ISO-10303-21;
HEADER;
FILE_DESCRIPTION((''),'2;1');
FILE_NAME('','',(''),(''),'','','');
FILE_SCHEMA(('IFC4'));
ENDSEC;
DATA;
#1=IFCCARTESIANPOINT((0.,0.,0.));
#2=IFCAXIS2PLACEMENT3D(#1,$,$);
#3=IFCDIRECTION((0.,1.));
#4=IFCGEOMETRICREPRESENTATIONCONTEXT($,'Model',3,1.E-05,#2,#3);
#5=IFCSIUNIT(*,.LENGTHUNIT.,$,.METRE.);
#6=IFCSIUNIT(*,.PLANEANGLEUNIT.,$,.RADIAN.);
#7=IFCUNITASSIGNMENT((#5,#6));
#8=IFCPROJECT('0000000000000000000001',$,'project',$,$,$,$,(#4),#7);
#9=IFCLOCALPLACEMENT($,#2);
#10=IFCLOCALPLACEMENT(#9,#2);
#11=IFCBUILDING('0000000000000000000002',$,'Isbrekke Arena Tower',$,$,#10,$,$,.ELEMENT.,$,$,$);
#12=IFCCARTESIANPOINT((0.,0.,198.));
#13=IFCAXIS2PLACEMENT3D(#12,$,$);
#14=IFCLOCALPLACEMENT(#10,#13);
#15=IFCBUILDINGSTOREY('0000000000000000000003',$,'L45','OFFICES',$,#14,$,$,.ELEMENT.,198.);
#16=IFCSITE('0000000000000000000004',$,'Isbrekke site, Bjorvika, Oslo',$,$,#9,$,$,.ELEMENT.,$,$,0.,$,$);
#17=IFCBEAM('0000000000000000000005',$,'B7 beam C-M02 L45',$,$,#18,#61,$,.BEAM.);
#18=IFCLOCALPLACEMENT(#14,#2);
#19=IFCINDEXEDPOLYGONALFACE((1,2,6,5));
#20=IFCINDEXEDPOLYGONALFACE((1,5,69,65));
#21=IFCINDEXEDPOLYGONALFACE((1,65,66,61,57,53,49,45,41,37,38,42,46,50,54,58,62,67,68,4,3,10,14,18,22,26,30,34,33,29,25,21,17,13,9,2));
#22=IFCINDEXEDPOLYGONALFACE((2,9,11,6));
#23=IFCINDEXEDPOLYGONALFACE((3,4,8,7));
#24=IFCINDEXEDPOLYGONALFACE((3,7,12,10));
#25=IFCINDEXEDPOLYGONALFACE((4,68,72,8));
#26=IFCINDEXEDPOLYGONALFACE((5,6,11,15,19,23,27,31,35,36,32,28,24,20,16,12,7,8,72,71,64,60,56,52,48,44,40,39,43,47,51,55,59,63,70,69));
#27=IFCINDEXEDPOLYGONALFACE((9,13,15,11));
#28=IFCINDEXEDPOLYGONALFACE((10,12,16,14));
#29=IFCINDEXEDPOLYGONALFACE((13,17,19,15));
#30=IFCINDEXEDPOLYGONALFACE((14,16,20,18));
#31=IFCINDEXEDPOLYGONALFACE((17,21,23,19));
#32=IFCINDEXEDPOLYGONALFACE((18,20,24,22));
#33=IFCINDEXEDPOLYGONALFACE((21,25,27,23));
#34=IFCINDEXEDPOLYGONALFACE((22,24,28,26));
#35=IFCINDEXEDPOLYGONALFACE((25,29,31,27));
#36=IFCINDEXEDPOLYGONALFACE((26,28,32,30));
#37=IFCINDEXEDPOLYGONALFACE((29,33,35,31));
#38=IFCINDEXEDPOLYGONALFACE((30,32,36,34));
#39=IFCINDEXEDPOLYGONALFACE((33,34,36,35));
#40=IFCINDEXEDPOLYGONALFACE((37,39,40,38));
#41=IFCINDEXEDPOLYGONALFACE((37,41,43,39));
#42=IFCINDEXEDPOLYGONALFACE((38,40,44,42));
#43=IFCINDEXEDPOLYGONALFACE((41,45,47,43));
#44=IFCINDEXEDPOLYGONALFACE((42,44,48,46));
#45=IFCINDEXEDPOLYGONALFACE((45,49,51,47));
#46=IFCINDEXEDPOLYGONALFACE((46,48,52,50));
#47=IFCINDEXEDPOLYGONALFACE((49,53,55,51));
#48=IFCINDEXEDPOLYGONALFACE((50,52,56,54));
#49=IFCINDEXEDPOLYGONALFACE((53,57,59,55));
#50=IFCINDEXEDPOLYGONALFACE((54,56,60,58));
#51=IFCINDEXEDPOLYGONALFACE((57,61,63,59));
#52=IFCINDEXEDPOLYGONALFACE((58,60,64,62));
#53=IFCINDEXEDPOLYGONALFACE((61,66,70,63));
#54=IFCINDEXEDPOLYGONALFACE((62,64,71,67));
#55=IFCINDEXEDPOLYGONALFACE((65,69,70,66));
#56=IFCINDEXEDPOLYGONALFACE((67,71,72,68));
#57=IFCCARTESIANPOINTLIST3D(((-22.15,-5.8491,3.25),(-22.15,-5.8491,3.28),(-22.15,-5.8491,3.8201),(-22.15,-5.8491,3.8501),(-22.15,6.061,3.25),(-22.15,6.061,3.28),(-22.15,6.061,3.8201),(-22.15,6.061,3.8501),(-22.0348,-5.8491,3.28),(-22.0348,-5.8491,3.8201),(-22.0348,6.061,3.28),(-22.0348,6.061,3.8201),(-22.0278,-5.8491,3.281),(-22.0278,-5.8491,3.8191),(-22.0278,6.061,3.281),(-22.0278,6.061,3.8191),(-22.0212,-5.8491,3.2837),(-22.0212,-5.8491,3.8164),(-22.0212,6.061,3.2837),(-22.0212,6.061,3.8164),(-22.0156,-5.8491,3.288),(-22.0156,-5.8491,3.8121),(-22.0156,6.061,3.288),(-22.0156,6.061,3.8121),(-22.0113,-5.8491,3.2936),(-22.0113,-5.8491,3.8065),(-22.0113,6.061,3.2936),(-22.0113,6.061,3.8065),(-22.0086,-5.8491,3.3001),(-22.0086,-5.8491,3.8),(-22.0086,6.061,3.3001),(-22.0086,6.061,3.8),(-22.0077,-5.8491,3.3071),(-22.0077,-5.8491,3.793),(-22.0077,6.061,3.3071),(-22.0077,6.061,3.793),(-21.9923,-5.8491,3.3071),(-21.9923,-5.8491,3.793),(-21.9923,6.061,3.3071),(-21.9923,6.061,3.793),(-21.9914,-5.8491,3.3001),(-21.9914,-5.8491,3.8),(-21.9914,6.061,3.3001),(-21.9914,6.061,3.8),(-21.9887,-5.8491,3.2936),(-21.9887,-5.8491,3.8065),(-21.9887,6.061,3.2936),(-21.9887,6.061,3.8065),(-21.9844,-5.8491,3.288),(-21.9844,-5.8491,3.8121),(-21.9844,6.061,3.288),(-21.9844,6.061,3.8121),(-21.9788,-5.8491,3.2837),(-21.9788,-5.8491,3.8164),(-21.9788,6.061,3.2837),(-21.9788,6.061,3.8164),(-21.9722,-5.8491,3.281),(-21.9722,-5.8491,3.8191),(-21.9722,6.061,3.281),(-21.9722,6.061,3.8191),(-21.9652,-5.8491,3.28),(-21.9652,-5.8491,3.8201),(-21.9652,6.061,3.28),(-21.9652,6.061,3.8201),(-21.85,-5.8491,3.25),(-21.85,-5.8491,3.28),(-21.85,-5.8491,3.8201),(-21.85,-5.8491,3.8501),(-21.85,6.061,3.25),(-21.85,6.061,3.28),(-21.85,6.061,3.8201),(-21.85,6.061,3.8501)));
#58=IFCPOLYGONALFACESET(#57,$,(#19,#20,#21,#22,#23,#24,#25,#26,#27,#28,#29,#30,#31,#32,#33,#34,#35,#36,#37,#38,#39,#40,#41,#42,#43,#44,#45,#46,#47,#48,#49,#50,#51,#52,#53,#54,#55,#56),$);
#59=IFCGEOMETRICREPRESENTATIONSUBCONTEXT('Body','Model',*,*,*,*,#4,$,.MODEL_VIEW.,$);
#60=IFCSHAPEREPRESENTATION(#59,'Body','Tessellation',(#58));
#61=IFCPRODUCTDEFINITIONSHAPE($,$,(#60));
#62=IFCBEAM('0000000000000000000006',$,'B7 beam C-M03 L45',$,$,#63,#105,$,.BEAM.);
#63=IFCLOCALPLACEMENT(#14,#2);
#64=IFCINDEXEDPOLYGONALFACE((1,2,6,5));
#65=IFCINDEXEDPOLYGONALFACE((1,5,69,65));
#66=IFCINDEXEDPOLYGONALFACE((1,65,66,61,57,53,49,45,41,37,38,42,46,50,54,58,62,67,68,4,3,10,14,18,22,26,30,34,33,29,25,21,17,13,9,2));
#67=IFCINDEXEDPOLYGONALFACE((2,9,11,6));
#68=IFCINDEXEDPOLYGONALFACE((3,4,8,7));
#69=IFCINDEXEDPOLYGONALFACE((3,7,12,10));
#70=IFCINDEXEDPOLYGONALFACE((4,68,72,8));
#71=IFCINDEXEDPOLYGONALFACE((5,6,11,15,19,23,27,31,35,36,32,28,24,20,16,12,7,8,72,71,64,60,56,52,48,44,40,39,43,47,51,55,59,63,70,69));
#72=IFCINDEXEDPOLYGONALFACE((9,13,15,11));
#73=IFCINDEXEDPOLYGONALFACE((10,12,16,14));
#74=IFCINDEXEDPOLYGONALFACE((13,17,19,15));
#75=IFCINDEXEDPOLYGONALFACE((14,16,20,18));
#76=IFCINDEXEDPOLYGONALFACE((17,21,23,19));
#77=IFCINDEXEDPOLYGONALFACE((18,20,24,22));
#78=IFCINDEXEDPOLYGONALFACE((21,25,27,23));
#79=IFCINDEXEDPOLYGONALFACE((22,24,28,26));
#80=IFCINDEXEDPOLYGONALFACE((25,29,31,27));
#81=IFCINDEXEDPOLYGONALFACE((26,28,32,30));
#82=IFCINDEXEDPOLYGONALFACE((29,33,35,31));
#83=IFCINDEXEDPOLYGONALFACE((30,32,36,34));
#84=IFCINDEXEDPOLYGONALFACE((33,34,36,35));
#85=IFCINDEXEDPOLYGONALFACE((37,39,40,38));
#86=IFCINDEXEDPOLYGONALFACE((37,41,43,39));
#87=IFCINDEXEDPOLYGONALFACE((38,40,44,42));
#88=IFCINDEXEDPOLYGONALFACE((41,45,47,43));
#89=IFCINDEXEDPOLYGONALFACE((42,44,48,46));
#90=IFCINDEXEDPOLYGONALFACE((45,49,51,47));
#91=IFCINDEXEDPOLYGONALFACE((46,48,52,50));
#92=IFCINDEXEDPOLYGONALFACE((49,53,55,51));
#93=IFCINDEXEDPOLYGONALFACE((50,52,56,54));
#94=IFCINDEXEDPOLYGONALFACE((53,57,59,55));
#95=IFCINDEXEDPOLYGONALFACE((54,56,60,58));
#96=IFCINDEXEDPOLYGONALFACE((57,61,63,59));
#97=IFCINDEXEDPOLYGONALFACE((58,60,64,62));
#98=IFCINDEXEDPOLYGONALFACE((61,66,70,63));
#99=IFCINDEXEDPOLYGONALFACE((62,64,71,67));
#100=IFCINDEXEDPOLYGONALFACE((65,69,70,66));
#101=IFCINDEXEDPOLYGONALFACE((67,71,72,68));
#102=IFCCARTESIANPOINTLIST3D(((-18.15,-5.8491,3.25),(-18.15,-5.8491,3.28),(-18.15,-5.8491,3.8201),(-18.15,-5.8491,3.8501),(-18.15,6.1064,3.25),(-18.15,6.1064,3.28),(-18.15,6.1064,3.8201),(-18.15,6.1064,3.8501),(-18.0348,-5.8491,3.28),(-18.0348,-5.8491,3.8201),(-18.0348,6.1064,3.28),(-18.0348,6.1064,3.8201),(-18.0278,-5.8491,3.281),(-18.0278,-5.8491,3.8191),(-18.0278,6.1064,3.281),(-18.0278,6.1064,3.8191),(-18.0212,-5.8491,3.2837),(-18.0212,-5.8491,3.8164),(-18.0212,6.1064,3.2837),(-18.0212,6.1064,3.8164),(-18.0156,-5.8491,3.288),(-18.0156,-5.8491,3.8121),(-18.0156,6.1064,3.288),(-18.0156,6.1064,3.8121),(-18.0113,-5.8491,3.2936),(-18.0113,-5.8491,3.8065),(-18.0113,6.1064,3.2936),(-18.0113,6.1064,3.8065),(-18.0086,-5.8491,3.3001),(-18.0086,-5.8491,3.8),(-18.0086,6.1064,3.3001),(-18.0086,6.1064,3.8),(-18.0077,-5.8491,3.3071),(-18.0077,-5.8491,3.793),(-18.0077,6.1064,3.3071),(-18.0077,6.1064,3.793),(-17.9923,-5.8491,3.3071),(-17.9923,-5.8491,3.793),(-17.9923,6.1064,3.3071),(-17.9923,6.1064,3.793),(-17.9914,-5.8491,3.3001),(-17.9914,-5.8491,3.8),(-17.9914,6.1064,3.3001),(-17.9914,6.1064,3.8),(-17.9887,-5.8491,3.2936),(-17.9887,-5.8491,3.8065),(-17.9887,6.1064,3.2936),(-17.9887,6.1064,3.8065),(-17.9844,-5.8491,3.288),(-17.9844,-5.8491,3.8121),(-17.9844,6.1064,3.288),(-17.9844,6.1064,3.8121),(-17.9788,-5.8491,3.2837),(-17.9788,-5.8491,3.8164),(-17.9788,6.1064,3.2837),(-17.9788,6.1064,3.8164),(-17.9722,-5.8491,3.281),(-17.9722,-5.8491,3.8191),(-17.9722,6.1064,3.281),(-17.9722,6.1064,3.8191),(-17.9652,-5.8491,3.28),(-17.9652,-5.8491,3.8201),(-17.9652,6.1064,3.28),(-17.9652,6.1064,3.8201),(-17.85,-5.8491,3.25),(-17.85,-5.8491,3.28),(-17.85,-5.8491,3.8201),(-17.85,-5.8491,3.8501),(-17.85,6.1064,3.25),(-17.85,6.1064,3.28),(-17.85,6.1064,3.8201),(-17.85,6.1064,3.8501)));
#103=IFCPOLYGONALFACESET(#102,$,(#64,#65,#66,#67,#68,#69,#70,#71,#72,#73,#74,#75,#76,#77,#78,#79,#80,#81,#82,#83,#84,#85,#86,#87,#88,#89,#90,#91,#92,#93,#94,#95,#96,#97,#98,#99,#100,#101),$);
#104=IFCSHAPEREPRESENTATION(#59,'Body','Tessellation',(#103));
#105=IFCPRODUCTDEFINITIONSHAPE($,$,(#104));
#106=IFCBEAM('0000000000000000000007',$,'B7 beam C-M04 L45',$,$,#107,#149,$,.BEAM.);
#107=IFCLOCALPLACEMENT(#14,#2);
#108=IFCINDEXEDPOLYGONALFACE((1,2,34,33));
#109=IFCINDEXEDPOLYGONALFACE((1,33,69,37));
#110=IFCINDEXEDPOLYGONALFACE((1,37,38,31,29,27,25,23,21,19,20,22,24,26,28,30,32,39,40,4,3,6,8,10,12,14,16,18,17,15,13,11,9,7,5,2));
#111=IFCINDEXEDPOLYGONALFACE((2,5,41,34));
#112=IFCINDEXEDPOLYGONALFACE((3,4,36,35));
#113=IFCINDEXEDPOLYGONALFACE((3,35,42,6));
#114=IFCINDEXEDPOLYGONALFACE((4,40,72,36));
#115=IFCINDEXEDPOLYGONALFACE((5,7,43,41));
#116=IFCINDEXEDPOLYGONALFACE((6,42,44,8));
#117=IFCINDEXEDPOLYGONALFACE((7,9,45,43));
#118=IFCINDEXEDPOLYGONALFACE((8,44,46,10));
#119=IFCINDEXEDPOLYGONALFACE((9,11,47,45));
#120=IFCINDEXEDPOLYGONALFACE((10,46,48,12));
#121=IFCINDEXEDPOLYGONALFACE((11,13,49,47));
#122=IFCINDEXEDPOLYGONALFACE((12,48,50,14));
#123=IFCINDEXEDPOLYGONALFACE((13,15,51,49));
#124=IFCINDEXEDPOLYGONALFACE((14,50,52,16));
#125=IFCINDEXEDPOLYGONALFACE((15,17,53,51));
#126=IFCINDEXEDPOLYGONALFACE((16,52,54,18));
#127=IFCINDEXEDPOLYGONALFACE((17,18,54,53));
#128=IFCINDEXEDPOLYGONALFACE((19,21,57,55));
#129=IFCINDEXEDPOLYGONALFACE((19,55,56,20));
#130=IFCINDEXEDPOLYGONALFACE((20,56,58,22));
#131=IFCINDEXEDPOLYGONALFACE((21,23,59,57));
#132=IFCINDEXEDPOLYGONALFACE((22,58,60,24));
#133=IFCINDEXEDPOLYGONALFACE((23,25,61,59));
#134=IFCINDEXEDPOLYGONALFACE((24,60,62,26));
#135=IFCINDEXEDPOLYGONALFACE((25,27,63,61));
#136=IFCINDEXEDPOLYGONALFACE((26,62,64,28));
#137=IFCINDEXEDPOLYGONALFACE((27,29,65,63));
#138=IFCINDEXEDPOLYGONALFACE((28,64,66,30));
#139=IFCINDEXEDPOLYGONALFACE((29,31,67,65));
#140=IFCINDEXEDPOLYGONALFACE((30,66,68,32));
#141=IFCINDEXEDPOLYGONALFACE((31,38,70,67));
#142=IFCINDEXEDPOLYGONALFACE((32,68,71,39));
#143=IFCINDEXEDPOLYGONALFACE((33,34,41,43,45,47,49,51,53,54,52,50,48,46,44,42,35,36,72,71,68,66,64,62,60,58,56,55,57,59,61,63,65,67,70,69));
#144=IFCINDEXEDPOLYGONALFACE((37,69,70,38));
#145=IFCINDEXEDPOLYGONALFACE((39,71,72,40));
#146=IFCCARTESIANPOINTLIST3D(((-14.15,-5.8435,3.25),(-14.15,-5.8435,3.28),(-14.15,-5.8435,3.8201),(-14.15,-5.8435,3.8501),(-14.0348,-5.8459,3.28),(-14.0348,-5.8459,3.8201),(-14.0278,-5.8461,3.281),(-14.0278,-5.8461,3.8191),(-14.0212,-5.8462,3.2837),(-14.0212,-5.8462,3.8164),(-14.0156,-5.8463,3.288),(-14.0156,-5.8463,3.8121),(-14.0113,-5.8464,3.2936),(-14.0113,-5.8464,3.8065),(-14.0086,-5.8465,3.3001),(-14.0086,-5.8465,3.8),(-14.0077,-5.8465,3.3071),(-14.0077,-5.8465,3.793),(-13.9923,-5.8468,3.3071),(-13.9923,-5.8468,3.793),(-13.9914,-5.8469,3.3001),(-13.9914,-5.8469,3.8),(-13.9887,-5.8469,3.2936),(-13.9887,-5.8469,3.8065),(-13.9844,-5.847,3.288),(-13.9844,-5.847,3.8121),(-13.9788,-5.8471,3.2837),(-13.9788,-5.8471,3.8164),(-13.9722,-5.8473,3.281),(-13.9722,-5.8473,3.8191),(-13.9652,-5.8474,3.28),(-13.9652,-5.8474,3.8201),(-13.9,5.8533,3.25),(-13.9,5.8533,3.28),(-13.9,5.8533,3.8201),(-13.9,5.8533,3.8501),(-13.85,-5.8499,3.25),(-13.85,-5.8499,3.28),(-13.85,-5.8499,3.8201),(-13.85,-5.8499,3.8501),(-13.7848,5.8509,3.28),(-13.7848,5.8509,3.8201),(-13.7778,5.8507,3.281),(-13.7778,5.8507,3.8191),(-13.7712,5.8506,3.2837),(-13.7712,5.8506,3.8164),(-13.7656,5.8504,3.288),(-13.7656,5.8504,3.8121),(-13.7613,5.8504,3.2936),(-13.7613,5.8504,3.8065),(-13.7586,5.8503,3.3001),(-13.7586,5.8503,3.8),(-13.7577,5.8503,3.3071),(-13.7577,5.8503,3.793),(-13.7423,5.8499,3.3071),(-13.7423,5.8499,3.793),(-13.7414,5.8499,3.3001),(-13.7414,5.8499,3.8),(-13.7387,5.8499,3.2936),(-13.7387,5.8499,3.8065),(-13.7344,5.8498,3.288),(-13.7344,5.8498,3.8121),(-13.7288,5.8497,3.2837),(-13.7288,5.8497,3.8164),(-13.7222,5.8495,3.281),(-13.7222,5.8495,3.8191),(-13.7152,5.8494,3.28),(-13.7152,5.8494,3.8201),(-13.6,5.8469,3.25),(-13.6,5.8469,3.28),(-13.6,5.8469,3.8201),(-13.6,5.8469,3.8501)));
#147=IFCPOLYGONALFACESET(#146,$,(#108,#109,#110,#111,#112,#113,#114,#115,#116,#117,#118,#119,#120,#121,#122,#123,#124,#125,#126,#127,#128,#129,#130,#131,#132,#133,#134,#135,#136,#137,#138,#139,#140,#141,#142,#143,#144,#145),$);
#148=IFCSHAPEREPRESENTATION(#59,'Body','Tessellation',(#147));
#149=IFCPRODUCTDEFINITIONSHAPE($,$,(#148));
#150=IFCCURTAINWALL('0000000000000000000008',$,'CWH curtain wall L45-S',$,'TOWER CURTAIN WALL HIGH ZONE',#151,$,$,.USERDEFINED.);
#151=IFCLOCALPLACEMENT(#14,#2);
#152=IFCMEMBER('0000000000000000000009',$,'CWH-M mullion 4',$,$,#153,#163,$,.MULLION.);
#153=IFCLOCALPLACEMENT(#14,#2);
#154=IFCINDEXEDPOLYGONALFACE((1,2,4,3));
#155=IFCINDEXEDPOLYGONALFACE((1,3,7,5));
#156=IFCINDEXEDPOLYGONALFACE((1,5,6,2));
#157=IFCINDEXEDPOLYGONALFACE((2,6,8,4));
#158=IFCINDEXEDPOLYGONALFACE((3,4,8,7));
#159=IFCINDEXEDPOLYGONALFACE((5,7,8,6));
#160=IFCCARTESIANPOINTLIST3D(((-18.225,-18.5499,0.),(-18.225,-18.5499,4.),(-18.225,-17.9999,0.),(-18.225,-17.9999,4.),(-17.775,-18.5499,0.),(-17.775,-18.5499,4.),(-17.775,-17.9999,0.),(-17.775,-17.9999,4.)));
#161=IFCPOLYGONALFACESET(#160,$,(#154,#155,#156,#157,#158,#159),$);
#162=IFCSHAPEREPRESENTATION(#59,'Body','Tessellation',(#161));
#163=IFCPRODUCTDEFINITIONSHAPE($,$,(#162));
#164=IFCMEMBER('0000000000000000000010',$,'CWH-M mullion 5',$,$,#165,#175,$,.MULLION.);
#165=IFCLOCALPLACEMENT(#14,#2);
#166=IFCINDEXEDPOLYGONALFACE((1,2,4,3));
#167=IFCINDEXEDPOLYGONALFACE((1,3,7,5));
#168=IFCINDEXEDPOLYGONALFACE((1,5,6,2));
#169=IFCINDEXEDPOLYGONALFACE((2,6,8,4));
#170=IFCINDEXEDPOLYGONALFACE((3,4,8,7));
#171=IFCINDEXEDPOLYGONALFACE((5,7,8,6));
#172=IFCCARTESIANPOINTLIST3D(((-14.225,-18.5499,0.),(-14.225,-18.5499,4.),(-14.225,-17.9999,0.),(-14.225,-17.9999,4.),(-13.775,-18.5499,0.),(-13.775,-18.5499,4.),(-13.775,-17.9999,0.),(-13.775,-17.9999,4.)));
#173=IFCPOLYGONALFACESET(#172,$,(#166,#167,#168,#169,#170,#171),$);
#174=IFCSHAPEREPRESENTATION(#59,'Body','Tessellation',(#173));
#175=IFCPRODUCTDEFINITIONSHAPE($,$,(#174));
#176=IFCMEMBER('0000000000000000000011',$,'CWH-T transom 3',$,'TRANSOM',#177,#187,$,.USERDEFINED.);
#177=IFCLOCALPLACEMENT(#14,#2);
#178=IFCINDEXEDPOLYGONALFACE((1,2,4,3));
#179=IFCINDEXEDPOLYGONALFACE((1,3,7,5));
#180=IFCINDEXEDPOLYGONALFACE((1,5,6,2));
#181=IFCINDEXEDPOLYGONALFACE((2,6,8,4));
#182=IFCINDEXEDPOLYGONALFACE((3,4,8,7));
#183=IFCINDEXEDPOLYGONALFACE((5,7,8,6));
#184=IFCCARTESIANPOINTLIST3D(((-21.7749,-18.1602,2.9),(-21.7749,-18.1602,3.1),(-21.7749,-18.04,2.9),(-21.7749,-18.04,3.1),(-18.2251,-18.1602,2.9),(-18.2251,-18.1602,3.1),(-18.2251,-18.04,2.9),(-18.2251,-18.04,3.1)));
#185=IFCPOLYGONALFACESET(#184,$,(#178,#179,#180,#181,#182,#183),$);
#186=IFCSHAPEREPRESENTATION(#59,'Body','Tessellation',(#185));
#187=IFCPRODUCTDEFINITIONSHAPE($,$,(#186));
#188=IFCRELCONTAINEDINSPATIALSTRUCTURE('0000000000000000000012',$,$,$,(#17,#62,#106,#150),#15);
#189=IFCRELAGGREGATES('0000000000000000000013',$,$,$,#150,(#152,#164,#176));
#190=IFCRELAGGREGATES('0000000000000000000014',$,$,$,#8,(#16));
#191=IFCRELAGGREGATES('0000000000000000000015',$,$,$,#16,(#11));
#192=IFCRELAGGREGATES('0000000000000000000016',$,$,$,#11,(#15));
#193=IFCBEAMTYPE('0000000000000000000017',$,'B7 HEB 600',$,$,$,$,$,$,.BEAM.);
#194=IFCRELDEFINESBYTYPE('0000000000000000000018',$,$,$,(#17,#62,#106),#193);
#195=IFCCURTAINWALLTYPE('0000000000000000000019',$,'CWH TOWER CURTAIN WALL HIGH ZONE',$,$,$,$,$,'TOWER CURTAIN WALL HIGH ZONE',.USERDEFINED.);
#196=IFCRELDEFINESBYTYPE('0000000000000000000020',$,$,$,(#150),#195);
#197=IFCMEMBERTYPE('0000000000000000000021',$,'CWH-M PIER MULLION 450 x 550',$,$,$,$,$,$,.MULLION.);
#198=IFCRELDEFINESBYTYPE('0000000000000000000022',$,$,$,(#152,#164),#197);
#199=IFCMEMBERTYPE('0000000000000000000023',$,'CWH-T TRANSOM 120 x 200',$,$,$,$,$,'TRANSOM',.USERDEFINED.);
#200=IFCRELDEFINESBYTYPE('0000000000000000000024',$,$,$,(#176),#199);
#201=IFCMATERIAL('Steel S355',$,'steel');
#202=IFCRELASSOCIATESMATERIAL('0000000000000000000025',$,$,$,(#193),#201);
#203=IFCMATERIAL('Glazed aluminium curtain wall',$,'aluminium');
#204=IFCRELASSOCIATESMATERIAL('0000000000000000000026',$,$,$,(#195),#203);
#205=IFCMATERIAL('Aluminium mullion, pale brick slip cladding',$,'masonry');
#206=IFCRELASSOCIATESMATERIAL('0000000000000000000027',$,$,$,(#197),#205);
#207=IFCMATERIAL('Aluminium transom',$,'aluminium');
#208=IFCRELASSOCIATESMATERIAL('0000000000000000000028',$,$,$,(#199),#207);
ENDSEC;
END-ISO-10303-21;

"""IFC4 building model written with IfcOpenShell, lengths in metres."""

from ifc_helpers import new_model, si_unit, direction, frame, origin, origin_2d, place, context, subcontext, project, spatial, rectangle, i_section, extrude, material, material_profile, profile_set, type_object, element, aggregate, save


model = new_model("IFC4")

# Units and contexts
model_context = context("Model", 3, precision=1e-05, world=origin(), true_north=direction((0.0, 1.0)))
body_context = subcontext(model_context, "Body", "Model", "MODEL_VIEW")
ifc_project = project(units=[si_unit("LENGTHUNIT", "METRE"), si_unit("PLANEANGLEUNIT", "RADIAN")], contexts=[model_context])

# Site, building, storey
site_placement = place(None, origin())
site = spatial("IfcSite", under=ifc_project, at=site_placement, Name="Isbrekke site, Bjorvika, Oslo", CompositionType="ELEMENT", RefElevation=0.0)
building_placement = place(site_placement, origin())
building = spatial("IfcBuilding", under=site, at=building_placement, Name="Isbrekke Arena Tower", CompositionType="ELEMENT")
storey_placement = place(building_placement, frame((0.0, 0.0, 198.0)))
storey = spatial("IfcBuildingStorey", under=building, at=storey_placement, Name="L45", Description="OFFICES", CompositionType="ELEMENT", Elevation=198.0)

# Beams
ifc_material_1 = material(Name="Steel S355", Category="steel")
ifc_material_profile_1 = material_profile(ifc_material_1, i_section(OverallWidth=0.3, OverallDepth=0.6001, WebThickness=0.0154, FlangeThickness=0.03, FilletRadius=0.0271, at=origin_2d()), Name="HEB 600")
ifc_profile_set_1 = profile_set([ifc_material_profile_1], Name="Steel S355")
beam_type_1 = type_object("IfcBeamType", Name="B7 HEB 600", PredefinedType="BEAM", material=ifc_profile_set_1)
beam_1_placement = place(storey_placement, frame((-22.0, -5.8491, 3.55), z_axis=(0.0, 1.0, 0.0), x_axis=(-1.0, 0.0, 0.0)))
element("IfcBeam", 1, at=beam_1_placement, inside=storey, type_object=beam_type_1, Name="B7 beam C-M02 L45", PredefinedType="BEAM", context=body_context, shape_type="SweptSolid", body=[
    extrude(i_section(OverallWidth=0.3, OverallDepth=0.6001, WebThickness=0.0154, FlangeThickness=0.03, FilletRadius=0.0271, at=origin_2d()), origin(), (0.0, 0.0, 1.0), 11.9102),
])
beam_2_placement = place(storey_placement, frame((-18.0, -5.8491, 3.55), z_axis=(0.0, 1.0, 0.0), x_axis=(-1.0, 0.0, 0.0)))
element("IfcBeam", 2, at=beam_2_placement, inside=storey, type_object=beam_type_1, Name="B7 beam C-M03 L45", PredefinedType="BEAM", context=body_context, shape_type="SweptSolid", body=[
    extrude(i_section(OverallWidth=0.3, OverallDepth=0.6001, WebThickness=0.0154, FlangeThickness=0.03, FilletRadius=0.0271, at=origin_2d()), origin(), (0.0, 0.0, 1.0), 11.9556),
])
beam_3_placement = place(storey_placement, frame((-14.0, -5.8467, 3.55), z_axis=(0.021369, 0.999772, 0.0), x_axis=(-0.999772, 0.021369, 0.0)))
element("IfcBeam", 3, at=beam_3_placement, inside=storey, type_object=beam_type_1, Name="B7 beam C-M04 L45", PredefinedType="BEAM", context=body_context, shape_type="SweptSolid", body=[
    extrude(i_section(OverallWidth=0.3, OverallDepth=0.6001, WebThickness=0.0154, FlangeThickness=0.03, FilletRadius=0.0271, at=origin_2d()), origin(), (0.0, 0.0, 1.0), 11.6995),
])

# Curtain wall, members
ifc_material_2 = material(Name="Glazed aluminium curtain wall", Category="aluminium")
curtain_wall_type = type_object("IfcCurtainWallType", Name="CWH TOWER CURTAIN WALL HIGH ZONE", ElementType="TOWER CURTAIN WALL HIGH ZONE", PredefinedType="USERDEFINED", material=ifc_material_2)
curtain_wall_placement = place(storey_placement, origin())
curtain_wall = element("IfcCurtainWall", 4, at=curtain_wall_placement, inside=storey, type_object=curtain_wall_type, Name="CWH curtain wall L45-S", ObjectType="TOWER CURTAIN WALL HIGH ZONE", PredefinedType="USERDEFINED")
ifc_material_3 = material(Name="Aluminium mullion, pale brick slip cladding", Category="masonry")
ifc_material_profile_2 = material_profile(ifc_material_3, rectangle(XDim=0.45, YDim=0.55, at=origin_2d()), Name="PIER 450X550")
ifc_profile_set_2 = profile_set([ifc_material_profile_2], Name="Aluminium mullion, pale brick slip cladding")
member_type_1 = type_object("IfcMemberType", Name="CWH-M PIER MULLION 450 x 550", PredefinedType="MULLION", material=ifc_profile_set_2)
member_1_placement = place(storey_placement, frame((-18.0, -18.2749, 0.0), z_axis=(0.0, 0.0, 1.0), x_axis=(1.0, 0.0, 0.0)))
member_1 = element("IfcMember", 5, at=member_1_placement, type_object=member_type_1, Name="CWH-M mullion 4", PredefinedType="MULLION", context=body_context, shape_type="SweptSolid", body=[
    extrude(rectangle(XDim=0.45, YDim=0.55, at=origin_2d()), origin(), (0.0, 0.0, 1.0), 4.0),
])
member_2_placement = place(storey_placement, frame((-14.0, -18.2749, 0.0), z_axis=(0.0, 0.0, 1.0), x_axis=(1.0, 0.0, 0.0)))
member_2 = element("IfcMember", 6, at=member_2_placement, type_object=member_type_1, Name="CWH-M mullion 5", PredefinedType="MULLION", context=body_context, shape_type="SweptSolid", body=[
    extrude(rectangle(XDim=0.45, YDim=0.55, at=origin_2d()), origin(), (0.0, 0.0, 1.0), 4.0),
])
ifc_material_4 = material(Name="Aluminium transom", Category="aluminium")
ifc_material_profile_3 = material_profile(ifc_material_4, rectangle(XDim=0.1201, YDim=0.2, at=origin_2d()), Name="TRANSOM 120X200")
ifc_profile_set_3 = profile_set([ifc_material_profile_3], Name="Aluminium transom")
member_type_2 = type_object("IfcMemberType", Name="CWH-T TRANSOM 120 x 200", ElementType="TRANSOM", PredefinedType="USERDEFINED", material=ifc_profile_set_3)
member_3_placement = place(storey_placement, frame((-21.7749, -18.1001, 3.0), z_axis=(1.0, 0.0, 0.0), x_axis=(0.0, 1.0, 0.0)))
member_3 = element("IfcMember", 7, at=member_3_placement, type_object=member_type_2, Name="CWH-T transom 3", ObjectType="TRANSOM", PredefinedType="USERDEFINED", context=body_context, shape_type="SweptSolid", body=[
    extrude(rectangle(XDim=0.1201, YDim=0.2, at=origin_2d()), origin(), (0.0, 0.0, 1.0), 3.5498),
])

aggregate(curtain_wall, [member_1, member_2, member_3])

save(model, "model.ifc")
